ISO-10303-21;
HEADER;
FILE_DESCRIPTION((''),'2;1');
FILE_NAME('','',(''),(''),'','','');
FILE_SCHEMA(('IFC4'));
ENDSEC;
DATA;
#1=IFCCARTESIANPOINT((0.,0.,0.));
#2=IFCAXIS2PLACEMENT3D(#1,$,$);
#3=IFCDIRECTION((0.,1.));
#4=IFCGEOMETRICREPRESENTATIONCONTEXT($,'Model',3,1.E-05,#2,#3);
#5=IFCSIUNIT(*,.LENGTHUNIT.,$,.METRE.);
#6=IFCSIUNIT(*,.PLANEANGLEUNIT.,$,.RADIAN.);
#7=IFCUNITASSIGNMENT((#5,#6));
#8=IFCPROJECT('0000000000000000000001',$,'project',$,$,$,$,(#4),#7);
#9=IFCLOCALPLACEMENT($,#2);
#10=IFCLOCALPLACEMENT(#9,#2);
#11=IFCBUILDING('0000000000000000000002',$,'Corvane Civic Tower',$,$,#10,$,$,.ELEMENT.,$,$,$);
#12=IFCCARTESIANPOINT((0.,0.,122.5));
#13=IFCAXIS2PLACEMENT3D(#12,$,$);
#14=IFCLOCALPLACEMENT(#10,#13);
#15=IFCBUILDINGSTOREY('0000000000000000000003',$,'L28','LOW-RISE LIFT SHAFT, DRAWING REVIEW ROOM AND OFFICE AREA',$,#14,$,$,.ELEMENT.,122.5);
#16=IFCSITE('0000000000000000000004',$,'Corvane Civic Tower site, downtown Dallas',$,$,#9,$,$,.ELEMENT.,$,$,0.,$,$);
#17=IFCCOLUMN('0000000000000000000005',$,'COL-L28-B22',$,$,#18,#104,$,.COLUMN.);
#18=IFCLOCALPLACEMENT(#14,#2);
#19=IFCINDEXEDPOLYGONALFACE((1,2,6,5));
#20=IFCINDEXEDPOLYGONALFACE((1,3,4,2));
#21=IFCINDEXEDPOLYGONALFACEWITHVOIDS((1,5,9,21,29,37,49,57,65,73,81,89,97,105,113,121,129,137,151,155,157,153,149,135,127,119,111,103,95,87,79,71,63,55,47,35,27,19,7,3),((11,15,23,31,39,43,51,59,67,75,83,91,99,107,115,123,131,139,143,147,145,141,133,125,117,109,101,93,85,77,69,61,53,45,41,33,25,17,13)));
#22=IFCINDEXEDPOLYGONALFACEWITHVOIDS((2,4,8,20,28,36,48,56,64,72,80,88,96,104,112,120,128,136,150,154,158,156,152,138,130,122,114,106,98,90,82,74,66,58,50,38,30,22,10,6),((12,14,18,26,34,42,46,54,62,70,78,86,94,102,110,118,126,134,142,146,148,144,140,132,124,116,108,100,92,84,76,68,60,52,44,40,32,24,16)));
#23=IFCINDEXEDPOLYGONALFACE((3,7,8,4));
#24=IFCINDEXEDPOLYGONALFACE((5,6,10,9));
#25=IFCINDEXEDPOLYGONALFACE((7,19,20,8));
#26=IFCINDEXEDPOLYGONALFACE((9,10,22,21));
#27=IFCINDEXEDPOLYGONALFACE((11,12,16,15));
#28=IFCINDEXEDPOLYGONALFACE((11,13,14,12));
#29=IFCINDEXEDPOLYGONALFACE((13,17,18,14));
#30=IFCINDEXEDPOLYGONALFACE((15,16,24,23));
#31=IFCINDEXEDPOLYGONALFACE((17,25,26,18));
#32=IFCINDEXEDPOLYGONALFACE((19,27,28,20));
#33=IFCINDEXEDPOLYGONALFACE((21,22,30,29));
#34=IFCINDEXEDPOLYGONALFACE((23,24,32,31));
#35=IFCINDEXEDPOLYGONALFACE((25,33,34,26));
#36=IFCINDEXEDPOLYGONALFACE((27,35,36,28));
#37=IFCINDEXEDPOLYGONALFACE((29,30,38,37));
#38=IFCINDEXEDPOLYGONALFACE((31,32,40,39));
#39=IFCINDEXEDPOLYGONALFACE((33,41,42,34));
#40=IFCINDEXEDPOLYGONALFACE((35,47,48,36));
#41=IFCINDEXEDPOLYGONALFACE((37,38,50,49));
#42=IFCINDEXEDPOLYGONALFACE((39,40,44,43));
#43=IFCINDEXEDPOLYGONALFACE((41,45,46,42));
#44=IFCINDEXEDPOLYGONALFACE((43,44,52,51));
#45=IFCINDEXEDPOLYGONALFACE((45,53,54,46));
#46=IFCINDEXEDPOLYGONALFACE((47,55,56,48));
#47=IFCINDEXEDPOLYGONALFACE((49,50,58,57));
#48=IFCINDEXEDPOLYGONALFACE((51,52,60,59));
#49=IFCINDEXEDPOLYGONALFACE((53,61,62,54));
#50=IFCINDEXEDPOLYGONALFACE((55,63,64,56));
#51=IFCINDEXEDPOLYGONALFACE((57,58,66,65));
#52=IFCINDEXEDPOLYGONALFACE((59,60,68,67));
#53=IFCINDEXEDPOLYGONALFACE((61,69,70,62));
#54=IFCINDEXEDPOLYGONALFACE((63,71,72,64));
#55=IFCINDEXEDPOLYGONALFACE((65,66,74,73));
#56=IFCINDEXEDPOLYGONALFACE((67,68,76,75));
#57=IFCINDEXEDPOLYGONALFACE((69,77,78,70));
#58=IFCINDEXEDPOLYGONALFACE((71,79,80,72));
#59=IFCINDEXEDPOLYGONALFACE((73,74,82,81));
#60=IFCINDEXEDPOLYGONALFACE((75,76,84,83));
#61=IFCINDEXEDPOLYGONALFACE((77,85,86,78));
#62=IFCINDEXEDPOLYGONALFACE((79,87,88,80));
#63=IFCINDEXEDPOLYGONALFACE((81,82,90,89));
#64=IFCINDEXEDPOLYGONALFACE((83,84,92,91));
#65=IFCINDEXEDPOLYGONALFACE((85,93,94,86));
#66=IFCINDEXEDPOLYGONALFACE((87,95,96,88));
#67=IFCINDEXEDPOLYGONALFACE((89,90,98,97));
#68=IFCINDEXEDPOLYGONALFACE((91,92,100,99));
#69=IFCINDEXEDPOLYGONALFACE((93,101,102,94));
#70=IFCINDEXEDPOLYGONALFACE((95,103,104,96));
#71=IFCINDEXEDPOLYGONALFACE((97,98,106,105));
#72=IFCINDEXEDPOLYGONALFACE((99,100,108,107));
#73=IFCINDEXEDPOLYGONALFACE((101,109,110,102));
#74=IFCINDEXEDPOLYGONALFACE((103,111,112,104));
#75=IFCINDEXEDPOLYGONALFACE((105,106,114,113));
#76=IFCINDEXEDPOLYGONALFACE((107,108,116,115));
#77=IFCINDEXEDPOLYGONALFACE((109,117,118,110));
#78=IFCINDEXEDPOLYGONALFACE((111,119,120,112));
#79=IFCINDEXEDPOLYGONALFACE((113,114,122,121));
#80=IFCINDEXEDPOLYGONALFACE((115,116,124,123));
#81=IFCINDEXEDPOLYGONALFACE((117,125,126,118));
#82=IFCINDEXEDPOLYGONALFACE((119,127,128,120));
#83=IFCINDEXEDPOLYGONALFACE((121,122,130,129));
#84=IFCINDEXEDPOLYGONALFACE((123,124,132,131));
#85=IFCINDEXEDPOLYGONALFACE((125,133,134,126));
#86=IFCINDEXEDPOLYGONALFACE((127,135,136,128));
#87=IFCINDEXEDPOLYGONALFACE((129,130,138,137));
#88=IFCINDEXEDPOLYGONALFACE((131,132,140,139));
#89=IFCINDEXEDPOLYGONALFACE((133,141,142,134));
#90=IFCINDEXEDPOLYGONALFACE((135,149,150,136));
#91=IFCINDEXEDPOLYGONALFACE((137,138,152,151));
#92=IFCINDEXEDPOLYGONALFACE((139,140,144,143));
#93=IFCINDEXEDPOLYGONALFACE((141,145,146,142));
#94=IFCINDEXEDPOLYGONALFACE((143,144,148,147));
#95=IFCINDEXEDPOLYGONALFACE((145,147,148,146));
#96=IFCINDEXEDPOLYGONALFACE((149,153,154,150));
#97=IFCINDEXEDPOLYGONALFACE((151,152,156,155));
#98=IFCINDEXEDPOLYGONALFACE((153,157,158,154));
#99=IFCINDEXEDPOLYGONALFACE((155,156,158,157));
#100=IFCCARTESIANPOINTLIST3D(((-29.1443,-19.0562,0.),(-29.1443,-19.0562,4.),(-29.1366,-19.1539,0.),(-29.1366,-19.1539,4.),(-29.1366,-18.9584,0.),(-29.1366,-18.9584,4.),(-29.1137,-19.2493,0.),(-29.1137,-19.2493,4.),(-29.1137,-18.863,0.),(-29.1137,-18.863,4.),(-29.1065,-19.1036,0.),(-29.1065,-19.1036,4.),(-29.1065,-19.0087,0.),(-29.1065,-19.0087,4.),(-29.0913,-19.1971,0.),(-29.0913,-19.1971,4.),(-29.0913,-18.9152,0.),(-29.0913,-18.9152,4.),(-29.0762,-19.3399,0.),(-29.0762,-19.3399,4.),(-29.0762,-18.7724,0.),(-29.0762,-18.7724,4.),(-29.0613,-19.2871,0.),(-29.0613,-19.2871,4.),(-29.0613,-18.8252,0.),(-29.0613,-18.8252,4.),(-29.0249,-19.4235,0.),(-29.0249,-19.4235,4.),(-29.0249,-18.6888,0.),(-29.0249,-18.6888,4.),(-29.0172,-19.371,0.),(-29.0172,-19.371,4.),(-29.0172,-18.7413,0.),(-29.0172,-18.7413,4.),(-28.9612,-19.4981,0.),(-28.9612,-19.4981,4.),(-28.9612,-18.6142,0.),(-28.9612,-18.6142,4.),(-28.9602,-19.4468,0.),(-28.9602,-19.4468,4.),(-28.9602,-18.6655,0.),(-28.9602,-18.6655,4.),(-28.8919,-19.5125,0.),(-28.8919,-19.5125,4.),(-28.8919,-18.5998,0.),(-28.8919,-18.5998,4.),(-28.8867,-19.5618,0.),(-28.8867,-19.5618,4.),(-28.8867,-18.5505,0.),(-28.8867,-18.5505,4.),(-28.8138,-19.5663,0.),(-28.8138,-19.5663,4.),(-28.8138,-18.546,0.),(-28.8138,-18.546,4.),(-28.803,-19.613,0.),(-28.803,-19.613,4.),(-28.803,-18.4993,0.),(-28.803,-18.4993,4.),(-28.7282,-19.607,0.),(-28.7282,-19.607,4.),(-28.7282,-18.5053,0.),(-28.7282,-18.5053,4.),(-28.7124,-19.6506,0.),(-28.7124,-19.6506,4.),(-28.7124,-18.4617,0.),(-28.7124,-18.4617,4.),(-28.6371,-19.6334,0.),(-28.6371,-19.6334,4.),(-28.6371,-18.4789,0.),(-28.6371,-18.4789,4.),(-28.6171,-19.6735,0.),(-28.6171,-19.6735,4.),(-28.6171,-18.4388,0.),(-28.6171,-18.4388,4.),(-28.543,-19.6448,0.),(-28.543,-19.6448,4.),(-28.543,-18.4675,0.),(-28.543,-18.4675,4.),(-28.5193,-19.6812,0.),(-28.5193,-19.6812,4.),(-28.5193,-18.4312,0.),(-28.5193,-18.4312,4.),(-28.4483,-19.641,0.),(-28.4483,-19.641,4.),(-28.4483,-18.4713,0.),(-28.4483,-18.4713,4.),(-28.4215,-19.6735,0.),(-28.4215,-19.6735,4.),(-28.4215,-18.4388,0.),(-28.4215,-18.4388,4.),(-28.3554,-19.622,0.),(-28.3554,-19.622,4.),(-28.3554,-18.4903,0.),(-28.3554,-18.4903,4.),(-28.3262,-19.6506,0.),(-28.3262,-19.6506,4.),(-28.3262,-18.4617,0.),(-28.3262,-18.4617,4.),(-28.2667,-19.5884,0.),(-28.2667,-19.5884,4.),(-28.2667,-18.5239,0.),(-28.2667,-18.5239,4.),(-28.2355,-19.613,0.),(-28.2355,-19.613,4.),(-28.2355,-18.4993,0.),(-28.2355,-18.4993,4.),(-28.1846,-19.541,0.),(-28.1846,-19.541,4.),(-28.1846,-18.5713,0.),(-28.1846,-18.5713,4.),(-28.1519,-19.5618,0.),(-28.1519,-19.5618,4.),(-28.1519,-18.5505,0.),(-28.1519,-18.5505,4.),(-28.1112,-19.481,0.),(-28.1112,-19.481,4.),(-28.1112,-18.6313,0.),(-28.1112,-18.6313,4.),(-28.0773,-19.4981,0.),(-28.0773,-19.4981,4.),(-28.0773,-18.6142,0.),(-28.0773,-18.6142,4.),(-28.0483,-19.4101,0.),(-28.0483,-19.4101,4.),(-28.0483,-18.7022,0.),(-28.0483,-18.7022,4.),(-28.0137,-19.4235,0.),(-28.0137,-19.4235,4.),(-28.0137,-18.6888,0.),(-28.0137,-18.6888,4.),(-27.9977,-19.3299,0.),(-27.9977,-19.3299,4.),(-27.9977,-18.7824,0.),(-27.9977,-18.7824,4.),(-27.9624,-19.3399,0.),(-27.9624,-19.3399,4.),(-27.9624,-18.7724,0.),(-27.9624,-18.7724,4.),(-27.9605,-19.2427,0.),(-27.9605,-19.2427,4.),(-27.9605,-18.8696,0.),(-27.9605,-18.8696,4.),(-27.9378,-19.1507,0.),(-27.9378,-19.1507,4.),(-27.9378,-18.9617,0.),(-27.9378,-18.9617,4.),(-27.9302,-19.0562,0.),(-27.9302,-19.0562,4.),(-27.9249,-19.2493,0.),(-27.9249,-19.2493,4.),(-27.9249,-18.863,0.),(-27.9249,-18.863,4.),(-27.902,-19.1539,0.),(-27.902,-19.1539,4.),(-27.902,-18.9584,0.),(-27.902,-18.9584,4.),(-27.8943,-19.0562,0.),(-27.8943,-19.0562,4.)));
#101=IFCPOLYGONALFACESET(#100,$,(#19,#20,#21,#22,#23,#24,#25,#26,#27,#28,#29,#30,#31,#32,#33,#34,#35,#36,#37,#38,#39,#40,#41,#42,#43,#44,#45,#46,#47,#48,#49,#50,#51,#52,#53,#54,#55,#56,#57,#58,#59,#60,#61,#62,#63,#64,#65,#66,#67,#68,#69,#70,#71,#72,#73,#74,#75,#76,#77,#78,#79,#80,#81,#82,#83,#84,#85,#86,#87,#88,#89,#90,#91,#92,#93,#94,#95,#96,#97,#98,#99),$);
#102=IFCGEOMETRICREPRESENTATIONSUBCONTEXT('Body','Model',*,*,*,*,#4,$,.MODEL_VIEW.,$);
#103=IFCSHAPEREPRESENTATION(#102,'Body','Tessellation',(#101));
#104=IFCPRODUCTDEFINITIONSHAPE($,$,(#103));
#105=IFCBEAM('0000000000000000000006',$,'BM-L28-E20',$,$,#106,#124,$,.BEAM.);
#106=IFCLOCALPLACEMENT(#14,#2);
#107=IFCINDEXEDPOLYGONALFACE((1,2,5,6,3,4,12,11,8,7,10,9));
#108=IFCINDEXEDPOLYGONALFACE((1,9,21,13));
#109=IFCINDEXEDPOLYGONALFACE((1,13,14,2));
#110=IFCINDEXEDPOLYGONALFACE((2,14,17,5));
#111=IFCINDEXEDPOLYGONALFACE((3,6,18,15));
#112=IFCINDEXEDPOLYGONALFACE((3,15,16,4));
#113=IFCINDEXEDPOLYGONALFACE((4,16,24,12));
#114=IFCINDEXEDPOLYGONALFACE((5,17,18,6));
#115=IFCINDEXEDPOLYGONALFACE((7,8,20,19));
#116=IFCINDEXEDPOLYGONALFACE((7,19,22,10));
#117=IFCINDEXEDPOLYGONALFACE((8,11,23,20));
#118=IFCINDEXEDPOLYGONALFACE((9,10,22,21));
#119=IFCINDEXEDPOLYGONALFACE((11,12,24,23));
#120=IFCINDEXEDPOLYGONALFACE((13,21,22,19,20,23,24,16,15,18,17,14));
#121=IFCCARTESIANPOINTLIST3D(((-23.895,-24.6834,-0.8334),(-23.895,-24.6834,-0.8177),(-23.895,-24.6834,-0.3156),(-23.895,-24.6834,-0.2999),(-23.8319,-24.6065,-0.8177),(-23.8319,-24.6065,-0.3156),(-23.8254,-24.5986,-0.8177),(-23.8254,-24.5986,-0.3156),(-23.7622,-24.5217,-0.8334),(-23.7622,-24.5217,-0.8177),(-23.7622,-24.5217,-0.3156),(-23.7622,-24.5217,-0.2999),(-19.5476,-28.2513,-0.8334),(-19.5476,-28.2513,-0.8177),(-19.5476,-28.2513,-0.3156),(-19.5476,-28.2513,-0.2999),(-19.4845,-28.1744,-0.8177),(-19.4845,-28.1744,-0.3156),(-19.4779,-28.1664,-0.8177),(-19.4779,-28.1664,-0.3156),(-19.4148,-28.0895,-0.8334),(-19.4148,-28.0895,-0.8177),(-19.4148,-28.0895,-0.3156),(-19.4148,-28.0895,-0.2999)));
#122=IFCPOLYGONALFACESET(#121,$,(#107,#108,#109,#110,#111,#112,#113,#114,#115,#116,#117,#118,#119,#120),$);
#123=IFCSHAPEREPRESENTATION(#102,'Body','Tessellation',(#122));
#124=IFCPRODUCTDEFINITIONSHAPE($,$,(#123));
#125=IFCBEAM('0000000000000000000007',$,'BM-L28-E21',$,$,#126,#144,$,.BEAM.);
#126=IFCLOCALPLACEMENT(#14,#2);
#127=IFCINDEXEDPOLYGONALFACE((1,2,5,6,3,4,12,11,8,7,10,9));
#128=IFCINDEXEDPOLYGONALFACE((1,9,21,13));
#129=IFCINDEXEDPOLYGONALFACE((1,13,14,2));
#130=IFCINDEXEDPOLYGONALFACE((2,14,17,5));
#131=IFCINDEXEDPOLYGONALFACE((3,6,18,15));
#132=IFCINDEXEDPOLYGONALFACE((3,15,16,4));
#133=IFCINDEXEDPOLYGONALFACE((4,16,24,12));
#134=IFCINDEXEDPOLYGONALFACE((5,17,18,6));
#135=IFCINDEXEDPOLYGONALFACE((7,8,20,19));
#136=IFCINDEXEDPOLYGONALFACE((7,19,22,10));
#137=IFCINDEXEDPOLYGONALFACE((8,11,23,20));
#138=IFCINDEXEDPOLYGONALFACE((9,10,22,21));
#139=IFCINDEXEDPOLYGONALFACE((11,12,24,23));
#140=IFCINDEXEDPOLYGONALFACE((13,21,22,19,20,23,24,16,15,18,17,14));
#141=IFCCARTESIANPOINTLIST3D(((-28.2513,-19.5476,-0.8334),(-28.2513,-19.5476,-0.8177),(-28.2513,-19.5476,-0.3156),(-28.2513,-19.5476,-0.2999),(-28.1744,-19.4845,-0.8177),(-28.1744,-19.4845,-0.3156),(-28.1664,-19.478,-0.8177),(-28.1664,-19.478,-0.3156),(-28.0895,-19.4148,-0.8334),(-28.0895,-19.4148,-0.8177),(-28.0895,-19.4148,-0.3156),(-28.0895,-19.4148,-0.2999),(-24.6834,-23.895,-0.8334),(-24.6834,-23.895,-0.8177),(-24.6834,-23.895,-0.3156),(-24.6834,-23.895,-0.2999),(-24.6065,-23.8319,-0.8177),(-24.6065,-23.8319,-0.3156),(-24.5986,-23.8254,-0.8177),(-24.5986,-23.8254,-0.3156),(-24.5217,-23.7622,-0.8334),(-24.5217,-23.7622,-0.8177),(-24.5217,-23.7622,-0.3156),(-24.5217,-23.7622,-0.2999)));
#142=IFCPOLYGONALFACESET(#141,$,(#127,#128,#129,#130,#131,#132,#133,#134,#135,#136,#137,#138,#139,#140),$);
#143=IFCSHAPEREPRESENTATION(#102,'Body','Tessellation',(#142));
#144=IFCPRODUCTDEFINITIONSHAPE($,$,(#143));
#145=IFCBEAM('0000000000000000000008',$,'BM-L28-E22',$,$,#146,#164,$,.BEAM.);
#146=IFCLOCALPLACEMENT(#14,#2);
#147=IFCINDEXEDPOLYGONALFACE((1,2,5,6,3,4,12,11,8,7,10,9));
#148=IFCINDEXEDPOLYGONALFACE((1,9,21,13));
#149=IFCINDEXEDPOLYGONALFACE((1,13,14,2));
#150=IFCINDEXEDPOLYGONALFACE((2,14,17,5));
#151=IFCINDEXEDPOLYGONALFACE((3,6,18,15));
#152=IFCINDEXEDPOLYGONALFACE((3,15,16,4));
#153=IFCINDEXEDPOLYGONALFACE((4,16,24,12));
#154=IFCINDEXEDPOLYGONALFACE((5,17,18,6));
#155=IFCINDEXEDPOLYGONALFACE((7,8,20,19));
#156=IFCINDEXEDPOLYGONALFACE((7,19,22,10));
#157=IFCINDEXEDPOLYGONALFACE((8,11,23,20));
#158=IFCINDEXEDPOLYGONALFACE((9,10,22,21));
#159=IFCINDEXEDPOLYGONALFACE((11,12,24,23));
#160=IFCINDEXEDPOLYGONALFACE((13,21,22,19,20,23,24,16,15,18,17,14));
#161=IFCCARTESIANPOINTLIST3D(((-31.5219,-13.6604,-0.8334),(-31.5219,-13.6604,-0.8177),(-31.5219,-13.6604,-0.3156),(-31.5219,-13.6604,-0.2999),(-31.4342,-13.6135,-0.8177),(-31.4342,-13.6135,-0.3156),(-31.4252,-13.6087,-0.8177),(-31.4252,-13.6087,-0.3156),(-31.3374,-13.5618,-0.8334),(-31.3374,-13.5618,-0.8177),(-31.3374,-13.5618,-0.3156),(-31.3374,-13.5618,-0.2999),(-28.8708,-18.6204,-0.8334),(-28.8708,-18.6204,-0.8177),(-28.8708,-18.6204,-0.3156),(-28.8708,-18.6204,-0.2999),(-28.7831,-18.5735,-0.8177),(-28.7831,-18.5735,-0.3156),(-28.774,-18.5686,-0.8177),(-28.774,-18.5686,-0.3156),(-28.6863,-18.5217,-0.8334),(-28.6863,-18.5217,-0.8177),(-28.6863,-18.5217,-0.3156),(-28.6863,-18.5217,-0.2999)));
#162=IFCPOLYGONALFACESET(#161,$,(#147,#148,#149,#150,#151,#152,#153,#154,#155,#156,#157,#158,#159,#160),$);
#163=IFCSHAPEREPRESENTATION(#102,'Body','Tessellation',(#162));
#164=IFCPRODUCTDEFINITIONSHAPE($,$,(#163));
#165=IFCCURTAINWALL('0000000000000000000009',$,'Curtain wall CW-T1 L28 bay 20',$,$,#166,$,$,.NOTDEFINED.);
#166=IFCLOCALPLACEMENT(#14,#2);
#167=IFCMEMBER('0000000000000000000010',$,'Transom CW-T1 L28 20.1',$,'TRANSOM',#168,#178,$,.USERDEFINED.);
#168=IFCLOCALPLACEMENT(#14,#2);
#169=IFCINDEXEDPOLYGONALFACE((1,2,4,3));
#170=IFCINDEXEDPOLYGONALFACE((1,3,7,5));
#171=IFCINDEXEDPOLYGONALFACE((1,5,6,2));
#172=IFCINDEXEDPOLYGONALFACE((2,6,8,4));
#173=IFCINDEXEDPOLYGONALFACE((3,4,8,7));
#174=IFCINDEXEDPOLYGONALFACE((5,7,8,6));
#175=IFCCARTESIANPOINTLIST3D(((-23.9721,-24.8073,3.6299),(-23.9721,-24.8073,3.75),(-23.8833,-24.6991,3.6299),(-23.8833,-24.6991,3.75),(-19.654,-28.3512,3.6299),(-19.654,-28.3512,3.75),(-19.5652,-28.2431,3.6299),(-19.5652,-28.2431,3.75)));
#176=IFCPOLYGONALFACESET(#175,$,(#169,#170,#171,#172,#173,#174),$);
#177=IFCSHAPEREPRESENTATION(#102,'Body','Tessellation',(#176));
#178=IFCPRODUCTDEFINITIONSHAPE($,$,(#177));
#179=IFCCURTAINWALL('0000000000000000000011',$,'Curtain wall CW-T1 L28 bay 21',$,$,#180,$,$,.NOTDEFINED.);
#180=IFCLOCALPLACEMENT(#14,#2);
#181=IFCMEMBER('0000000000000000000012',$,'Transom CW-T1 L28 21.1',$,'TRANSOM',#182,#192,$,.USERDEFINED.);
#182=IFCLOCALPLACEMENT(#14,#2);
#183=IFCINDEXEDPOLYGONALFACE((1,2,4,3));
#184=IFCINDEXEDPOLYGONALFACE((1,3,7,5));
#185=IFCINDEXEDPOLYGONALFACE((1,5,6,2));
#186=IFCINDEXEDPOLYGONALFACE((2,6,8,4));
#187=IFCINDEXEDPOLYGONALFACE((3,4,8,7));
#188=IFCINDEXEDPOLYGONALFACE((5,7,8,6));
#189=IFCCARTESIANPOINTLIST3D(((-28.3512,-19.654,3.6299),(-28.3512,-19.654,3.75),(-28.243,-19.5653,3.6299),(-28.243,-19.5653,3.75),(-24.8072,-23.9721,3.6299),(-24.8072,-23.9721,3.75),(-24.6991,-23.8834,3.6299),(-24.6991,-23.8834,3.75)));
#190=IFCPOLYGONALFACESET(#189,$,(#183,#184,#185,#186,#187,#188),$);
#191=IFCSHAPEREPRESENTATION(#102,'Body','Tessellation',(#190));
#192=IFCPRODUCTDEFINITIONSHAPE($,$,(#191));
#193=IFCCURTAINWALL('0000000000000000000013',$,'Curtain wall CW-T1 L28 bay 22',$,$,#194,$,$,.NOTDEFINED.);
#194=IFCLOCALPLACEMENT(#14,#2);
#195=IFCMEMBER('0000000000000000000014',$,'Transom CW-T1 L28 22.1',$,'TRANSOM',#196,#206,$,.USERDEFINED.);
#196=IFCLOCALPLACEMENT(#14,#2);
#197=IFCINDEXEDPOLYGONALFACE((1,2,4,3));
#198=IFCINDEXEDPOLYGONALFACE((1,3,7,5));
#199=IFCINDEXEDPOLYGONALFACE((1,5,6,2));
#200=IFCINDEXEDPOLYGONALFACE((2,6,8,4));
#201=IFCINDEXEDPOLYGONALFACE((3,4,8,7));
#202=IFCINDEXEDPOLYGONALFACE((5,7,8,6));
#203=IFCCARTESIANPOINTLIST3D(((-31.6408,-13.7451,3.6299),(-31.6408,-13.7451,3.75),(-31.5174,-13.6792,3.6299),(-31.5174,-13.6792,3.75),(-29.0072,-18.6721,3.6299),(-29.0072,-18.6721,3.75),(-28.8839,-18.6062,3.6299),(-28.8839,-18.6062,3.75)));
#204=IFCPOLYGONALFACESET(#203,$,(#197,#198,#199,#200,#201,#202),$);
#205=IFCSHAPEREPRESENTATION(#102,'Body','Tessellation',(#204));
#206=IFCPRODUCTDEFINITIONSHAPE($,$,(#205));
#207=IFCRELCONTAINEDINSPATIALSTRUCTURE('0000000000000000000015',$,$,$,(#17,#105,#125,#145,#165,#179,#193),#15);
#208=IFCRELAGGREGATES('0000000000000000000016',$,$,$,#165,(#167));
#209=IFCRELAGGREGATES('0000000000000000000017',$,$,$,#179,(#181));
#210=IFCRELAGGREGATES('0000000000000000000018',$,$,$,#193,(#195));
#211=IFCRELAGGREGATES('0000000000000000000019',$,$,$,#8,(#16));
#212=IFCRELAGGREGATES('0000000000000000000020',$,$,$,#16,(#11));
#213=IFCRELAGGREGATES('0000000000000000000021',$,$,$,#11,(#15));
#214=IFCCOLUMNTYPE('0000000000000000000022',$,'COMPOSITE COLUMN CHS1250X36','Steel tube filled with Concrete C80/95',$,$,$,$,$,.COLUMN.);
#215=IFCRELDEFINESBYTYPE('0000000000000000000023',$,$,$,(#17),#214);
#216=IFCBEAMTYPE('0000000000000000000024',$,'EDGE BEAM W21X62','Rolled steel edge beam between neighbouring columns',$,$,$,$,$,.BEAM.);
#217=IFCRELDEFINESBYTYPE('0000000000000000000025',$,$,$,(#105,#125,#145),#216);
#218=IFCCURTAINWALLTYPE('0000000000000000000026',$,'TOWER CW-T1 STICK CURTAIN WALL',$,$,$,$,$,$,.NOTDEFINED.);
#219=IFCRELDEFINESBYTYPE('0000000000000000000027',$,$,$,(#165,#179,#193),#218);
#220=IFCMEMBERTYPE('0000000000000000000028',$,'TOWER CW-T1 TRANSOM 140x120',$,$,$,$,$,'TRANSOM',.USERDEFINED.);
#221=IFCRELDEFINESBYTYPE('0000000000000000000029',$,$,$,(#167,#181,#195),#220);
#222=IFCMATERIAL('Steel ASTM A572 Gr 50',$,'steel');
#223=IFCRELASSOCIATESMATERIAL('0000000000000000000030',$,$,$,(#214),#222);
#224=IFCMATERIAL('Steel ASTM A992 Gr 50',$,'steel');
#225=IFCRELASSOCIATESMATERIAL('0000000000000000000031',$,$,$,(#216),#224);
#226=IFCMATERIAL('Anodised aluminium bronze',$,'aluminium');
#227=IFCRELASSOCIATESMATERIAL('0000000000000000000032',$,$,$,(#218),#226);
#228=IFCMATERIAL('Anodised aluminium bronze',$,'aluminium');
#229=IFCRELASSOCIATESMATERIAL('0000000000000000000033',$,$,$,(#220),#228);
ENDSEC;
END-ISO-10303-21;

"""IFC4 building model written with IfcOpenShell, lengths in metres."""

from ifc_helpers import new_model, si_unit, direction, frame, origin, origin_2d, place, context, subcontext, project, spatial, rectangle, hollow_circle, i_section, extrude, material, material_profile, profile_set, type_object, element, aggregate, save


model = new_model("IFC4")

# Units and contexts
model_context = context("Model", 3, precision=1e-05, world=origin(), true_north=direction((0.0, 1.0)))
body_context = subcontext(model_context, "Body", "Model", "MODEL_VIEW")
ifc_project = project(units=[si_unit("LENGTHUNIT", "METRE"), si_unit("PLANEANGLEUNIT", "RADIAN")], contexts=[model_context])

# Site, building, storey
site_placement = place(None, origin())
site = spatial("IfcSite", under=ifc_project, at=site_placement, Name="Corvane Civic Tower site, downtown Dallas", CompositionType="ELEMENT", RefElevation=0.0)
building_placement = place(site_placement, origin())
building = spatial("IfcBuilding", under=site, at=building_placement, Name="Corvane Civic Tower", CompositionType="ELEMENT")
storey_placement = place(building_placement, frame((0.0, 0.0, 122.5)))
storey = spatial("IfcBuildingStorey", under=building, at=storey_placement, Name="L28", Description="LOW-RISE LIFT SHAFT, DRAWING REVIEW ROOM AND OFFICE AREA", CompositionType="ELEMENT", Elevation=122.5)

# Column
ifc_material_1 = material(Name="Steel ASTM A572 Gr 50", Category="steel")
ifc_material_profile_1 = material_profile(ifc_material_1, hollow_circle(Radius=0.625, WallThickness=0.0359, at=origin_2d()), Name="CHS1250X36")
ifc_profile_set_1 = profile_set([ifc_material_profile_1], Name="Steel ASTM A572 Gr 50")
column_type = type_object("IfcColumnType", Name="COMPOSITE COLUMN CHS1250X36", Description="Steel tube filled with Concrete C80/95", PredefinedType="COLUMN", material=ifc_profile_set_1)
for number, where, z_axis, x_axis, name in (
    (1, (-28.5193, -19.0562, 0.0), (0.0, 0.0, 1.0), (1.0, 0.0, 0.0), "COL-L28-B22"),
):
    element("IfcColumn", number, at=place(storey_placement, frame(where, z_axis=z_axis, x_axis=x_axis)), inside=storey, type_object=column_type, Name=name, PredefinedType="COLUMN", context=body_context, shape_type="SweptSolid", body=[
        extrude(hollow_circle(Radius=0.625, WallThickness=0.0359, at=origin_2d()), origin(), (0.0, 0.0, 1.0), 4.0),
    ])

# Beams
ifc_material_2 = material(Name="Steel ASTM A992 Gr 50", Category="steel")
ifc_material_profile_2 = material_profile(ifc_material_2, i_section(OverallWidth=0.2092, OverallDepth=0.5334, WebThickness=0.0103, FlangeThickness=0.0156, at=origin_2d()), Name="W21X62")
ifc_profile_set_2 = profile_set([ifc_material_profile_2], Name="Steel ASTM A992 Gr 50")
beam_type = type_object("IfcBeamType", Name="EDGE BEAM W21X62", Description="Rolled steel edge beam between neighbouring columns", PredefinedType="BEAM", material=ifc_profile_set_2)
for number, where, z_axis, x_axis, name in (
    (2, (-19.4812, -28.1704, -0.5667), (-0.773007, 0.634398, 0.0), (-0.634398, -0.773007, 0.0), "BM-L28-E20"),
    (3, (-24.6025, -23.8286, -0.5667), (-0.634398, 0.773007, 0.0), (-0.773007, -0.634398, 0.0), "BM-L28-E21"),
    (4, (-28.7786, -18.571, -0.5667), (-0.471392, 0.881924, 0.0), (-0.881924, -0.471392, 0.0), "BM-L28-E22"),
):
    element("IfcBeam", number, at=place(storey_placement, frame(where, z_axis=z_axis, x_axis=x_axis)), inside=storey, type_object=beam_type, Name=name, PredefinedType="BEAM", context=body_context, shape_type="SweptSolid", body=[
        extrude(i_section(OverallWidth=0.2092, OverallDepth=0.5334, WebThickness=0.0103, FlangeThickness=0.0156, at=origin_2d()), origin(), (0.0, 0.0, 1.0), 5.624),
    ])

# Curtain walls, members
ifc_material_3 = material(Name="Anodised aluminium bronze", Category="aluminium")
curtain_wall_type = type_object("IfcCurtainWallType", Name="TOWER CW-T1 STICK CURTAIN WALL", PredefinedType="NOTDEFINED", material=ifc_material_3)
curtain_wall_1_placement = place(storey_placement, origin())
curtain_wall_1 = element("IfcCurtainWall", 5, at=curtain_wall_1_placement, inside=storey, type_object=curtain_wall_type, Name="Curtain wall CW-T1 L28 bay 20", PredefinedType="NOTDEFINED")
ifc_material_4 = material(Name="Anodised aluminium bronze", Category="aluminium")
ifc_material_profile_3 = material_profile(ifc_material_4, rectangle(XDim=0.1399, YDim=0.1201, at=origin_2d()), Name="TOWER CW-T1 TRANSOM 140x120")
ifc_profile_set_3 = profile_set([ifc_material_profile_3], Name="Anodised aluminium bronze")
member_type = type_object("IfcMemberType", Name="TOWER CW-T1 TRANSOM 140x120", ElementType="TRANSOM", PredefinedType="USERDEFINED", material=ifc_profile_set_3)
member_1_placement = place(storey_placement, frame((-19.6096, -28.2971, 3.6899), z_axis=(-0.772996, 0.63441, 0.0), x_axis=(-0.63441, -0.772996, 0.0)))
member_1 = element("IfcMember", 6, at=member_1_placement, type_object=member_type, Name="Transom CW-T1 L28 20.1", ObjectType="TRANSOM", PredefinedType="USERDEFINED", context=body_context, shape_type="SweptSolid", body=[
    extrude(rectangle(XDim=0.1399, YDim=0.1201, at=origin_2d()), origin(), (0.0, 0.0, 1.0), 5.5862),
])
curtain_wall_2_placement = place(storey_placement, origin())
curtain_wall_2 = element("IfcCurtainWall", 7, at=curtain_wall_2_placement, inside=storey, type_object=curtain_wall_type, Name="Curtain wall CW-T1 L28 bay 21", PredefinedType="NOTDEFINED")
member_2_placement = place(storey_placement, frame((-24.7532, -23.9277, 3.6899), z_axis=(-0.63441, 0.772996, 0.0), x_axis=(-0.772996, -0.63441, 0.0)))
member_2 = element("IfcMember", 8, at=member_2_placement, type_object=member_type, Name="Transom CW-T1 L28 21.1", ObjectType="TRANSOM", PredefinedType="USERDEFINED", context=body_context, shape_type="SweptSolid", body=[
    extrude(rectangle(XDim=0.1399, YDim=0.1201, at=origin_2d()), origin(), (0.0, 0.0, 1.0), 5.5862),
])
curtain_wall_3_placement = place(storey_placement, origin())
curtain_wall_3 = element("IfcCurtainWall", 9, at=curtain_wall_3_placement, inside=storey, type_object=curtain_wall_type, Name="Curtain wall CW-T1 L28 bay 22", PredefinedType="NOTDEFINED")
member_3_placement = place(storey_placement, frame((-28.9456, -18.6392, 3.6899), z_axis=(-0.471398, 0.881921, 0.0), x_axis=(-0.881921, -0.471398, 0.0)))
member_3 = element("IfcMember", 10, at=member_3_placement, type_object=member_type, Name="Transom CW-T1 L28 22.1", ObjectType="TRANSOM", PredefinedType="USERDEFINED", context=body_context, shape_type="SweptSolid", body=[
    extrude(rectangle(XDim=0.1399, YDim=0.1201, at=origin_2d()), origin(), (0.0, 0.0, 1.0), 5.5867),
])

aggregate(curtain_wall_1, [member_1])
aggregate(curtain_wall_2, [member_2])
aggregate(curtain_wall_3, [member_3])

save(model, "model.ifc")
